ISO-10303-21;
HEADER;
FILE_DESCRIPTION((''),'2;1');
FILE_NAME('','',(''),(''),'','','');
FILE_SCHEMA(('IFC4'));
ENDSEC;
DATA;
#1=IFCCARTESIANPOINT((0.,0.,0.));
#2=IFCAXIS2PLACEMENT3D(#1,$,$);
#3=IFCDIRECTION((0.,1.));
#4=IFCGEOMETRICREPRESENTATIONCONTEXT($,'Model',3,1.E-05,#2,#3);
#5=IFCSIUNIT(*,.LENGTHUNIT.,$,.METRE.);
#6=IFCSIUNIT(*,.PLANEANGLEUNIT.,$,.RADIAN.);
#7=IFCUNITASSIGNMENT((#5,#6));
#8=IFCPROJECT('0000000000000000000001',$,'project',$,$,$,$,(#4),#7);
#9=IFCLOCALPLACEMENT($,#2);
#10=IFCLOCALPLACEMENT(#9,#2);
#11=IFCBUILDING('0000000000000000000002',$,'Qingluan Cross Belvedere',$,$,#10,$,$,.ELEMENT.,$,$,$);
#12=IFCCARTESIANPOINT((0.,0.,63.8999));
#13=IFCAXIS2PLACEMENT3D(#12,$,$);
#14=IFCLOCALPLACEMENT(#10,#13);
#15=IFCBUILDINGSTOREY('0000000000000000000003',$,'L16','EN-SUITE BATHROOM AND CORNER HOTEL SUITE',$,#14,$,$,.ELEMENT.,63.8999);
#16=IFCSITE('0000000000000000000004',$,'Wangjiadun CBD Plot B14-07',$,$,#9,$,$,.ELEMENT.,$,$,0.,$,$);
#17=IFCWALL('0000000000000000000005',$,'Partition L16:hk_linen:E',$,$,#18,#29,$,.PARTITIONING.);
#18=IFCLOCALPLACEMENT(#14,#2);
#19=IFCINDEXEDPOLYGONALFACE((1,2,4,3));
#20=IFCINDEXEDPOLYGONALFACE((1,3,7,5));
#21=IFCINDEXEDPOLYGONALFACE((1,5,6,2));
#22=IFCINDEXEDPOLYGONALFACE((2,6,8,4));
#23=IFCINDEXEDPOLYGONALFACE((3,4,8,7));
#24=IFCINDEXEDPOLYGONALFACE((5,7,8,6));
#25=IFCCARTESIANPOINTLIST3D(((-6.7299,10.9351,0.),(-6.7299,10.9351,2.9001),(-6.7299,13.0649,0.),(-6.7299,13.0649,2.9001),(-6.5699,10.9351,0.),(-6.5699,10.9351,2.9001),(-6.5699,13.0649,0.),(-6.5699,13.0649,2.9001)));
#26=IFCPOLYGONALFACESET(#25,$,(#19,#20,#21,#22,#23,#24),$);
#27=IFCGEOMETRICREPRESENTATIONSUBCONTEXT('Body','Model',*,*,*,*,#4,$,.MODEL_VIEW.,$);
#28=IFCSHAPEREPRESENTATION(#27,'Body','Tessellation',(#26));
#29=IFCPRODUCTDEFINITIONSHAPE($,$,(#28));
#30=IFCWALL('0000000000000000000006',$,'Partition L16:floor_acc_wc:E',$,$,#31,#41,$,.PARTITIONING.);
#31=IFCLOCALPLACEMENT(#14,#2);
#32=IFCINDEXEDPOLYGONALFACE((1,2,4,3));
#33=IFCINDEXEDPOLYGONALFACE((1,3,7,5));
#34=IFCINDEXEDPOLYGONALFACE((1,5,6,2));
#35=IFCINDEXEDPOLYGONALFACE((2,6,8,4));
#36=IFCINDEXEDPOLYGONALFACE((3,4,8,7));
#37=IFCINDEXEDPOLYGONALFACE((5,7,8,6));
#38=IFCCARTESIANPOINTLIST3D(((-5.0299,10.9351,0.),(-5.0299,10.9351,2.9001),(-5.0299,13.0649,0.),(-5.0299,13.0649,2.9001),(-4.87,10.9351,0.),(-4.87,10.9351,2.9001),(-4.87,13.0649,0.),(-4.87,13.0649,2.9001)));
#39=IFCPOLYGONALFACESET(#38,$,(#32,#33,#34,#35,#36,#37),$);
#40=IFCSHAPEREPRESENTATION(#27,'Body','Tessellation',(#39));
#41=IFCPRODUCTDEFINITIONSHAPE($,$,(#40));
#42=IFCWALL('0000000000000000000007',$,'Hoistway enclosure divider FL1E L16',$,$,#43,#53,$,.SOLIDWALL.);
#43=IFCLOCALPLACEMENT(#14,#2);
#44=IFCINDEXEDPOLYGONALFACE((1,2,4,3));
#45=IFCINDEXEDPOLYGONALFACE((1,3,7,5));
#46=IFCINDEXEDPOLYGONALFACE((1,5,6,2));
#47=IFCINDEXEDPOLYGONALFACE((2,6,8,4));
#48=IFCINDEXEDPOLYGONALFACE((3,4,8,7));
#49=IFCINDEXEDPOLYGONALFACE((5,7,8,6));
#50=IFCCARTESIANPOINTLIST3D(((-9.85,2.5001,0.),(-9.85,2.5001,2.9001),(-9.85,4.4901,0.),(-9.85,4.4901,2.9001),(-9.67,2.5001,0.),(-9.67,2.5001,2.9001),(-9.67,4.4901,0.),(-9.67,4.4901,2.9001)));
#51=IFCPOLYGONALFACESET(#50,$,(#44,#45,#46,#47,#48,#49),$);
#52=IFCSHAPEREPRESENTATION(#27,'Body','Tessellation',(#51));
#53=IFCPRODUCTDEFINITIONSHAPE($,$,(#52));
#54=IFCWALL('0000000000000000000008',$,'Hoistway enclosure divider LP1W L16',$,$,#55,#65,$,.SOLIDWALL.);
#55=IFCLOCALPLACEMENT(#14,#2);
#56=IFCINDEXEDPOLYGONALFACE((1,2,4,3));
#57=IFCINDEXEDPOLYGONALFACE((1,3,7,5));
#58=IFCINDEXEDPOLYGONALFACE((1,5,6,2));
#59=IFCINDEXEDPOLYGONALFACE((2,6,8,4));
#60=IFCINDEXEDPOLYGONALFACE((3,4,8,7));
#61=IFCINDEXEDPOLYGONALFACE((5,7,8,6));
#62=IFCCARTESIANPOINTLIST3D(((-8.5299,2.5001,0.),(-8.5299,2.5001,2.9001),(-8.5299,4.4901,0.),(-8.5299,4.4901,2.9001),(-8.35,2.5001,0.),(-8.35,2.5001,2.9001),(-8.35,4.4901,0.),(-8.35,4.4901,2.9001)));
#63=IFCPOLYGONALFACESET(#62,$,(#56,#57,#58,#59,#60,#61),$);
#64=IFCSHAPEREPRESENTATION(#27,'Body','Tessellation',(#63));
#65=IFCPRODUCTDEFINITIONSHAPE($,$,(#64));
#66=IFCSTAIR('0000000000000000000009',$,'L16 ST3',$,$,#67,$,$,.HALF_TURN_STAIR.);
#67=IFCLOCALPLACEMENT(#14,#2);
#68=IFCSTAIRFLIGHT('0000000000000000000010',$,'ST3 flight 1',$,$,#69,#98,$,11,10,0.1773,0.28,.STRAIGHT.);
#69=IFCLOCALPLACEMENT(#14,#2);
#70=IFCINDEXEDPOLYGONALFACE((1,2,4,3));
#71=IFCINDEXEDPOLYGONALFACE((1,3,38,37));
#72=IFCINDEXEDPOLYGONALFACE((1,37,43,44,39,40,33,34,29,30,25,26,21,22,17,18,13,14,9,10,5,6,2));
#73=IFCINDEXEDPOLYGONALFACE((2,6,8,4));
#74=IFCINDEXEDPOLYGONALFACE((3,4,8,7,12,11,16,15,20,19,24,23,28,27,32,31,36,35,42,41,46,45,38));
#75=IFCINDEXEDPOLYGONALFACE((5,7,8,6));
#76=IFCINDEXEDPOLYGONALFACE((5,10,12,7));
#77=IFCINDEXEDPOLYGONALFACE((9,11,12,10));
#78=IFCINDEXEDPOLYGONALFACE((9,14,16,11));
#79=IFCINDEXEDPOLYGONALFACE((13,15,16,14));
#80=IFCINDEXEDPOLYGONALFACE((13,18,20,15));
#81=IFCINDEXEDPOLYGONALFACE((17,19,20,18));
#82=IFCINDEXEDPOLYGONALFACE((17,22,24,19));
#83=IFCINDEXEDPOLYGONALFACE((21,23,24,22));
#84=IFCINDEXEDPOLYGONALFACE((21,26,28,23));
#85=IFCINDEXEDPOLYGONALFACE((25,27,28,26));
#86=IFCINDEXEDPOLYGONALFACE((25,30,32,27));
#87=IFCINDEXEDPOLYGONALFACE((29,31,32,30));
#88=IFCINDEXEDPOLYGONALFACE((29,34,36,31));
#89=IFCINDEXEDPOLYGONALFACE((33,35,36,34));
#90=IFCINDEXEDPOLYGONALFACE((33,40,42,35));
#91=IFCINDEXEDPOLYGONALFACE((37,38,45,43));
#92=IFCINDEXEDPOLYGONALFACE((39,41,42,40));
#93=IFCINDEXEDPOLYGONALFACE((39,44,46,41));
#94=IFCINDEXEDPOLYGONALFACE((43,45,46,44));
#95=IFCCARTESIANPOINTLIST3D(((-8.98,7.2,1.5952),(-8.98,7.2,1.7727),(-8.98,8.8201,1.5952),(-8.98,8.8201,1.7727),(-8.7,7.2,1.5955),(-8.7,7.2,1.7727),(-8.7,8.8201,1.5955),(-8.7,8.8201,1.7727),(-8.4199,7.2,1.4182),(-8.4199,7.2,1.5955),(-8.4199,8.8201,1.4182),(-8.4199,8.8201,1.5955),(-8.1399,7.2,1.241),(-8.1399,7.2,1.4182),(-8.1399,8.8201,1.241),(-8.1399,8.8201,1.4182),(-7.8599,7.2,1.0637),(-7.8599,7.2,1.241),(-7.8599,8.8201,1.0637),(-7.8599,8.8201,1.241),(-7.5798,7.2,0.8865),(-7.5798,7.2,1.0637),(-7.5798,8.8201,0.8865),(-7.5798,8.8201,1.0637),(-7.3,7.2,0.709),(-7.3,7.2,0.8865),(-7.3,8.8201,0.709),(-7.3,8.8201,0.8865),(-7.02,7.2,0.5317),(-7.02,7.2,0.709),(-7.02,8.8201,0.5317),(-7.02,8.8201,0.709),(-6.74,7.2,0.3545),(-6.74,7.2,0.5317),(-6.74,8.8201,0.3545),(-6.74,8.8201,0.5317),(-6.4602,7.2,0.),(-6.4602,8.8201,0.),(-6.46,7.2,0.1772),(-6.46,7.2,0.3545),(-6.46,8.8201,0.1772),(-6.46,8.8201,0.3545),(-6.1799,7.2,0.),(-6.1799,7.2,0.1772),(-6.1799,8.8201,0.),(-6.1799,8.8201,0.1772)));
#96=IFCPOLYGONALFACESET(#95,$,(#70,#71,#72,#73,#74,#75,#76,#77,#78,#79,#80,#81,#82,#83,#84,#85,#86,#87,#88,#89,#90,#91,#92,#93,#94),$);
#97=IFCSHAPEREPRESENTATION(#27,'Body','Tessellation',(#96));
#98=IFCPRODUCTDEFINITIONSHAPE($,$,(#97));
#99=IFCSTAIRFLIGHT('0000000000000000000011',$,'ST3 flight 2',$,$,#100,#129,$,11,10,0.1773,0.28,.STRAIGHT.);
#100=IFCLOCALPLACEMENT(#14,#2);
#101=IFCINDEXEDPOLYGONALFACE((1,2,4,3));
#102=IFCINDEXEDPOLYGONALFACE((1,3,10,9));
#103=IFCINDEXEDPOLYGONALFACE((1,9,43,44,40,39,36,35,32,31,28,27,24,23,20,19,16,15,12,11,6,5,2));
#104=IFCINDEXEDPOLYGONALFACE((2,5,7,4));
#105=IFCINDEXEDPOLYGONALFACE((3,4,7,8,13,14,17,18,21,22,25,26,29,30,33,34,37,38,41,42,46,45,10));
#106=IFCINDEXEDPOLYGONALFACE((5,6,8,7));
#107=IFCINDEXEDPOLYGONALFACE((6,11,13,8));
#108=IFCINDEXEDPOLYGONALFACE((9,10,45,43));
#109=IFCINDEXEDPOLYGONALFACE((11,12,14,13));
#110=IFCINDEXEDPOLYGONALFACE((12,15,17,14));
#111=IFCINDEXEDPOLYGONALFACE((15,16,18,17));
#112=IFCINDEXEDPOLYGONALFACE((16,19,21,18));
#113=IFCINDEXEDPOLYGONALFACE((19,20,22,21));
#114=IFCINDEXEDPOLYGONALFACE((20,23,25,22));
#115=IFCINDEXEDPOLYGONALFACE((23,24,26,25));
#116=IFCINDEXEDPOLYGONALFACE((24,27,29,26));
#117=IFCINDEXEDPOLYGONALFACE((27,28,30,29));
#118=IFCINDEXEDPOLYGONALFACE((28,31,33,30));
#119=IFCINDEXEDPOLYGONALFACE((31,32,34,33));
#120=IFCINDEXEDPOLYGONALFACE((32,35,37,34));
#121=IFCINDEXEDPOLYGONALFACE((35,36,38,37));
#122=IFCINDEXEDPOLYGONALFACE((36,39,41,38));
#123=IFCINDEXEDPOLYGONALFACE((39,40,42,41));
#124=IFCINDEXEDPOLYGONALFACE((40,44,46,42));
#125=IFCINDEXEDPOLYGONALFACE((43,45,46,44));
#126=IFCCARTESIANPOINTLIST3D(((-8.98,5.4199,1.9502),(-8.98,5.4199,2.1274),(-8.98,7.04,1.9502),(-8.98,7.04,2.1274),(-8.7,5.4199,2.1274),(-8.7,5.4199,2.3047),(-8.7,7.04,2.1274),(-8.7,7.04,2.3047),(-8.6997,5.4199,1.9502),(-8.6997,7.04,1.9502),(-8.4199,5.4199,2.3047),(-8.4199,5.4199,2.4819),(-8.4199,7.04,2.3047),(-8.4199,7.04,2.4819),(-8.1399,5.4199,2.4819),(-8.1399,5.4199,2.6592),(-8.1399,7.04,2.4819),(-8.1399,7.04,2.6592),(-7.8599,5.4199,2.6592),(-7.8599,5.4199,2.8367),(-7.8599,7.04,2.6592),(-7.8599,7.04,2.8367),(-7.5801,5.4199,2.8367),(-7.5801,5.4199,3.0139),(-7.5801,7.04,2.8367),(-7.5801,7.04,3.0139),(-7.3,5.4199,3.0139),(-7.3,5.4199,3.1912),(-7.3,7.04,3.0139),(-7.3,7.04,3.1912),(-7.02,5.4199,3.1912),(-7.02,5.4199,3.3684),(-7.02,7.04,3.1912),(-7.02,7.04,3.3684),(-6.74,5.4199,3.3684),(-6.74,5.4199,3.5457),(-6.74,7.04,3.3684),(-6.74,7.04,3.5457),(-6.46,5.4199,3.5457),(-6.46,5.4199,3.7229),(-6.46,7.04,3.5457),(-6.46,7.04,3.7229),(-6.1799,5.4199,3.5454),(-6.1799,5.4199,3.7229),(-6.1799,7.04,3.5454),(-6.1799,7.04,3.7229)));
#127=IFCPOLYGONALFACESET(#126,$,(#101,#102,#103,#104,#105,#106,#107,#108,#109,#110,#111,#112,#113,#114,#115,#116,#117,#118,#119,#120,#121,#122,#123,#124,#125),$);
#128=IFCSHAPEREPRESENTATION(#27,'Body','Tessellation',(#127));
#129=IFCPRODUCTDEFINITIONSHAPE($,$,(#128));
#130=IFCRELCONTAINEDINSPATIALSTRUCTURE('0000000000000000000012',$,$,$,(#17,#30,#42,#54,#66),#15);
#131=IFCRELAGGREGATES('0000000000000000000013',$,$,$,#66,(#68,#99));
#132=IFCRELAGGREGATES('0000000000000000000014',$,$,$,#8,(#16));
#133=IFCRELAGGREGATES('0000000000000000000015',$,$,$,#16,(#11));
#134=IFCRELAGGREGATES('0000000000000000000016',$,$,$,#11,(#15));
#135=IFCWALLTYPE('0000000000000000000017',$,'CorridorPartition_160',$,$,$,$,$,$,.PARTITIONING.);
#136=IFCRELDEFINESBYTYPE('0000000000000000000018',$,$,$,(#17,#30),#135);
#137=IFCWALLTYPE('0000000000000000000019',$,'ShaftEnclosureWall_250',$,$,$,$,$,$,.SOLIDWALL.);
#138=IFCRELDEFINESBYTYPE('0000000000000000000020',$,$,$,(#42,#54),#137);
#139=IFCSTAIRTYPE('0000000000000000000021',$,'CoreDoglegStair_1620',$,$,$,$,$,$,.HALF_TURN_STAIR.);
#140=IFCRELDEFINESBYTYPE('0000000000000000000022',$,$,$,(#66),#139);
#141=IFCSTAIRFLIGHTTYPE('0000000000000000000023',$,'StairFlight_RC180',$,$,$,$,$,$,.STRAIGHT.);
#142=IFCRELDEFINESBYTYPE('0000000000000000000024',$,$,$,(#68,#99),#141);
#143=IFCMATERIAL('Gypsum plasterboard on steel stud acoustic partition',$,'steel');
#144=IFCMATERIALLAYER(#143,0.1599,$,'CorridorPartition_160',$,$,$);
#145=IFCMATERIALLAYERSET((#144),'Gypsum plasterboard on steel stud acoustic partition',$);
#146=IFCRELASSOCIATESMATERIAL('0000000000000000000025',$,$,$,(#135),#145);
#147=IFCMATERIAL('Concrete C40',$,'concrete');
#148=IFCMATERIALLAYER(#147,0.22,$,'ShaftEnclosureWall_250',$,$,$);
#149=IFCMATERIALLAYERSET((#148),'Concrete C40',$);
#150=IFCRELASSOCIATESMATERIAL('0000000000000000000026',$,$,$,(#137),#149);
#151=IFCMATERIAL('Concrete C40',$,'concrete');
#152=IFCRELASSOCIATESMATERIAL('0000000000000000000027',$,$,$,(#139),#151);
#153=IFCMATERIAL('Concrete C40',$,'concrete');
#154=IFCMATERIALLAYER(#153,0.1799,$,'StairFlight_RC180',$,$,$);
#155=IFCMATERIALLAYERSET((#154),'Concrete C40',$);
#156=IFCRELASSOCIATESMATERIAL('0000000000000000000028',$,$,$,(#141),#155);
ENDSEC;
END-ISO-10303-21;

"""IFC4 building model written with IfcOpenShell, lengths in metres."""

from ifc_helpers import new_model, si_unit, direction, frame, frame_2d, origin, place, context, subcontext, project, spatial, polyline, rectangle, outline, extrude, material, layer, layer_set, type_object, element, aggregate, save


model = new_model("IFC4")

# Units and contexts
model_context = context("Model", 3, precision=1e-05, world=origin(), true_north=direction((0.0, 1.0)))
body_context = subcontext(model_context, "Body", "Model", "MODEL_VIEW")
ifc_project = project(units=[si_unit("LENGTHUNIT", "METRE"), si_unit("PLANEANGLEUNIT", "RADIAN")], contexts=[model_context])

# Site, building, storey
site_placement = place(None, origin())
site = spatial("IfcSite", under=ifc_project, at=site_placement, Name="Wangjiadun CBD Plot B14-07", CompositionType="ELEMENT", RefElevation=0.0)
building_placement = place(site_placement, origin())
building = spatial("IfcBuilding", under=site, at=building_placement, Name="Qingluan Cross Belvedere", CompositionType="ELEMENT")
storey_placement = place(building_placement, frame((0.0, 0.0, 63.8999)))
storey = spatial("IfcBuildingStorey", under=building, at=storey_placement, Name="L16", Description="EN-SUITE BATHROOM AND CORNER HOTEL SUITE", CompositionType="ELEMENT", Elevation=63.8999)

# Shared definitions
ifc_material_1 = material(Name="Gypsum plasterboard on steel stud acoustic partition", Category="steel")
ifc_layer_1 = layer(ifc_material_1, 0.1599, Name="CorridorPartition_160")
ifc_layer_set_1 = layer_set([ifc_layer_1], Name="Gypsum plasterboard on steel stud acoustic partition")
wall_type_1 = type_object("IfcWallType", Name="CorridorPartition_160", PredefinedType="PARTITIONING", material=ifc_layer_set_1)

# Wall
wall_1_placement = place(storey_placement, frame((-6.6499, 10.9351, 0.0), z_axis=(0.0, 0.0, 1.0), x_axis=(0.0, 1.0, 0.0)))
element("IfcWall", 1, at=wall_1_placement, inside=storey, type_object=wall_type_1, Name="Partition L16:hk_linen:E", PredefinedType="PARTITIONING", context=body_context, shape_type="SweptSolid", body=[
    extrude(rectangle(XDim=2.1299, YDim=0.1599, at=frame_2d((1.0649, 0.0))), origin(), (0.0, 0.0, 1.0), 2.9001),
])

# Walls
wall_2_placement = place(storey_placement, frame((-4.95, 10.9351, 0.0), z_axis=(0.0, 0.0, 1.0), x_axis=(0.0, 1.0, 0.0)))
element("IfcWall", 2, at=wall_2_placement, inside=storey, type_object=wall_type_1, Name="Partition L16:floor_acc_wc:E", PredefinedType="PARTITIONING", context=body_context, shape_type="SweptSolid", body=[
    extrude(rectangle(XDim=2.1299, YDim=0.1599, at=frame_2d((1.0649, 0.0))), origin(), (0.0, 0.0, 1.0), 2.9001),
])
ifc_material_2 = material(Name="Concrete C40", Category="concrete")
ifc_layer_2 = layer(ifc_material_2, 0.22, Name="ShaftEnclosureWall_250")
ifc_layer_set_2 = layer_set([ifc_layer_2], Name="Concrete C40")
wall_type_2 = type_object("IfcWallType", Name="ShaftEnclosureWall_250", PredefinedType="SOLIDWALL", material=ifc_layer_set_2)
for number, where, z_axis, x_axis, name in (
    (3, (-9.76, 2.5, 0.0), (0.0, 0.0, 1.0), (0.0, 1.0, 0.0), "Hoistway enclosure divider FL1E L16"),
    (4, (-8.4399, 2.5, 0.0), (0.0, 0.0, 1.0), (0.0, 1.0, 0.0), "Hoistway enclosure divider LP1W L16"),
):
    element("IfcWall", number, at=place(storey_placement, frame(where, z_axis=z_axis, x_axis=x_axis)), inside=storey, type_object=wall_type_2, Name=name, PredefinedType="SOLIDWALL", context=body_context, shape_type="SweptSolid", body=[
        extrude(rectangle(XDim=1.99, YDim=0.1799, at=frame_2d((0.9951, 0.0))), origin(), (0.0, 0.0, 1.0), 2.9001),
    ])

# Stair, stair flights
ifc_material_3 = material(Name="Concrete C40", Category="concrete")
stair_type = type_object("IfcStairType", Name="CoreDoglegStair_1620", PredefinedType="HALF_TURN_STAIR", material=ifc_material_3)
stair_placement = place(storey_placement, origin())
stair = element("IfcStair", 5, at=stair_placement, inside=storey, type_object=stair_type, Name="L16 ST3", PredefinedType="HALF_TURN_STAIR")
ifc_material_4 = material(Name="Concrete C40", Category="concrete")
ifc_layer_3 = layer(ifc_material_4, 0.1799, Name="StairFlight_RC180")
ifc_layer_set_3 = layer_set([ifc_layer_3], Name="Concrete C40")
stair_flight_type = type_object("IfcStairFlightType", Name="StairFlight_RC180", PredefinedType="STRAIGHT", material=ifc_layer_set_3)
stair_flight_1_placement = place(storey_placement, frame((-6.1799, 8.01, 0.0), z_axis=(0.0, 0.0, 1.0), x_axis=(-1.0, 0.0, 0.0)))
stair_flight_1 = element("IfcStairFlight", 6, at=stair_flight_1_placement, type_object=stair_flight_type, Name="ST3 flight 1", NumberOfRisers=11, NumberOfTreads=10, PredefinedType="STRAIGHT", RiserHeight=0.1773, TreadLength=0.28, context=body_context, shape_type="SweptSolid", body=[
    extrude(outline(polyline([(0.0, 0.0), (0.0, 0.1772), (0.28, 0.1772), (0.28, 0.3545), (0.5601, 0.3545), (0.5601, 0.5317), (0.8401, 0.5317), (0.8401, 0.709), (1.1201, 0.709), (1.1201, 0.8865), (1.3999, 0.8865), (1.3999, 1.0637), (1.6799, 1.0637), (1.6799, 1.241), (1.96, 1.241), (1.96, 1.4182), (2.24, 1.4182), (2.24, 1.5955), (2.52, 1.5955), (2.52, 1.7727), (2.8, 1.7727), (2.8, 1.95), (2.8, 1.5952), (0.2803, 0.0), (0.0, 0.0)])), frame((0.0, 0.8101, 0.0), z_axis=(0.0, -1.0, 0.0), x_axis=(1.0, 0.0, 0.0)), (0.0, 0.0, 1.0), 1.6201),
])
stair_flight_2_placement = place(storey_placement, frame((-8.98, 6.23, 1.9502), z_axis=(0.0, 0.0, 1.0), x_axis=(1.0, 0.0, 0.0)))
stair_flight_2 = element("IfcStairFlight", 7, at=stair_flight_2_placement, type_object=stair_flight_type, Name="ST3 flight 2", NumberOfRisers=11, NumberOfTreads=10, PredefinedType="STRAIGHT", RiserHeight=0.1773, TreadLength=0.28, context=body_context, shape_type="SweptSolid", body=[
    extrude(outline(polyline([(0.0, 0.0), (0.0, 0.1772), (0.28, 0.1772), (0.28, 0.3545), (0.5601, 0.3545), (0.5601, 0.5317), (0.8401, 0.5317), (0.8401, 0.709), (1.1201, 0.709), (1.1201, 0.8865), (1.3999, 0.8865), (1.3999, 1.0637), (1.6799, 1.0637), (1.6799, 1.241), (1.96, 1.241), (1.96, 1.4182), (2.24, 1.4182), (2.24, 1.5955), (2.52, 1.5955), (2.52, 1.7727), (2.8, 1.7727), (2.8, 1.95), (2.8, 1.5952), (0.2803, 0.0), (0.0, 0.0)])), frame((0.0, 0.8101, 0.0), z_axis=(0.0, -1.0, 0.0), x_axis=(1.0, 0.0, 0.0)), (0.0, 0.0, 1.0), 1.6201),
])
aggregate(stair, [stair_flight_1, stair_flight_2])

save(model, "model.ifc")
